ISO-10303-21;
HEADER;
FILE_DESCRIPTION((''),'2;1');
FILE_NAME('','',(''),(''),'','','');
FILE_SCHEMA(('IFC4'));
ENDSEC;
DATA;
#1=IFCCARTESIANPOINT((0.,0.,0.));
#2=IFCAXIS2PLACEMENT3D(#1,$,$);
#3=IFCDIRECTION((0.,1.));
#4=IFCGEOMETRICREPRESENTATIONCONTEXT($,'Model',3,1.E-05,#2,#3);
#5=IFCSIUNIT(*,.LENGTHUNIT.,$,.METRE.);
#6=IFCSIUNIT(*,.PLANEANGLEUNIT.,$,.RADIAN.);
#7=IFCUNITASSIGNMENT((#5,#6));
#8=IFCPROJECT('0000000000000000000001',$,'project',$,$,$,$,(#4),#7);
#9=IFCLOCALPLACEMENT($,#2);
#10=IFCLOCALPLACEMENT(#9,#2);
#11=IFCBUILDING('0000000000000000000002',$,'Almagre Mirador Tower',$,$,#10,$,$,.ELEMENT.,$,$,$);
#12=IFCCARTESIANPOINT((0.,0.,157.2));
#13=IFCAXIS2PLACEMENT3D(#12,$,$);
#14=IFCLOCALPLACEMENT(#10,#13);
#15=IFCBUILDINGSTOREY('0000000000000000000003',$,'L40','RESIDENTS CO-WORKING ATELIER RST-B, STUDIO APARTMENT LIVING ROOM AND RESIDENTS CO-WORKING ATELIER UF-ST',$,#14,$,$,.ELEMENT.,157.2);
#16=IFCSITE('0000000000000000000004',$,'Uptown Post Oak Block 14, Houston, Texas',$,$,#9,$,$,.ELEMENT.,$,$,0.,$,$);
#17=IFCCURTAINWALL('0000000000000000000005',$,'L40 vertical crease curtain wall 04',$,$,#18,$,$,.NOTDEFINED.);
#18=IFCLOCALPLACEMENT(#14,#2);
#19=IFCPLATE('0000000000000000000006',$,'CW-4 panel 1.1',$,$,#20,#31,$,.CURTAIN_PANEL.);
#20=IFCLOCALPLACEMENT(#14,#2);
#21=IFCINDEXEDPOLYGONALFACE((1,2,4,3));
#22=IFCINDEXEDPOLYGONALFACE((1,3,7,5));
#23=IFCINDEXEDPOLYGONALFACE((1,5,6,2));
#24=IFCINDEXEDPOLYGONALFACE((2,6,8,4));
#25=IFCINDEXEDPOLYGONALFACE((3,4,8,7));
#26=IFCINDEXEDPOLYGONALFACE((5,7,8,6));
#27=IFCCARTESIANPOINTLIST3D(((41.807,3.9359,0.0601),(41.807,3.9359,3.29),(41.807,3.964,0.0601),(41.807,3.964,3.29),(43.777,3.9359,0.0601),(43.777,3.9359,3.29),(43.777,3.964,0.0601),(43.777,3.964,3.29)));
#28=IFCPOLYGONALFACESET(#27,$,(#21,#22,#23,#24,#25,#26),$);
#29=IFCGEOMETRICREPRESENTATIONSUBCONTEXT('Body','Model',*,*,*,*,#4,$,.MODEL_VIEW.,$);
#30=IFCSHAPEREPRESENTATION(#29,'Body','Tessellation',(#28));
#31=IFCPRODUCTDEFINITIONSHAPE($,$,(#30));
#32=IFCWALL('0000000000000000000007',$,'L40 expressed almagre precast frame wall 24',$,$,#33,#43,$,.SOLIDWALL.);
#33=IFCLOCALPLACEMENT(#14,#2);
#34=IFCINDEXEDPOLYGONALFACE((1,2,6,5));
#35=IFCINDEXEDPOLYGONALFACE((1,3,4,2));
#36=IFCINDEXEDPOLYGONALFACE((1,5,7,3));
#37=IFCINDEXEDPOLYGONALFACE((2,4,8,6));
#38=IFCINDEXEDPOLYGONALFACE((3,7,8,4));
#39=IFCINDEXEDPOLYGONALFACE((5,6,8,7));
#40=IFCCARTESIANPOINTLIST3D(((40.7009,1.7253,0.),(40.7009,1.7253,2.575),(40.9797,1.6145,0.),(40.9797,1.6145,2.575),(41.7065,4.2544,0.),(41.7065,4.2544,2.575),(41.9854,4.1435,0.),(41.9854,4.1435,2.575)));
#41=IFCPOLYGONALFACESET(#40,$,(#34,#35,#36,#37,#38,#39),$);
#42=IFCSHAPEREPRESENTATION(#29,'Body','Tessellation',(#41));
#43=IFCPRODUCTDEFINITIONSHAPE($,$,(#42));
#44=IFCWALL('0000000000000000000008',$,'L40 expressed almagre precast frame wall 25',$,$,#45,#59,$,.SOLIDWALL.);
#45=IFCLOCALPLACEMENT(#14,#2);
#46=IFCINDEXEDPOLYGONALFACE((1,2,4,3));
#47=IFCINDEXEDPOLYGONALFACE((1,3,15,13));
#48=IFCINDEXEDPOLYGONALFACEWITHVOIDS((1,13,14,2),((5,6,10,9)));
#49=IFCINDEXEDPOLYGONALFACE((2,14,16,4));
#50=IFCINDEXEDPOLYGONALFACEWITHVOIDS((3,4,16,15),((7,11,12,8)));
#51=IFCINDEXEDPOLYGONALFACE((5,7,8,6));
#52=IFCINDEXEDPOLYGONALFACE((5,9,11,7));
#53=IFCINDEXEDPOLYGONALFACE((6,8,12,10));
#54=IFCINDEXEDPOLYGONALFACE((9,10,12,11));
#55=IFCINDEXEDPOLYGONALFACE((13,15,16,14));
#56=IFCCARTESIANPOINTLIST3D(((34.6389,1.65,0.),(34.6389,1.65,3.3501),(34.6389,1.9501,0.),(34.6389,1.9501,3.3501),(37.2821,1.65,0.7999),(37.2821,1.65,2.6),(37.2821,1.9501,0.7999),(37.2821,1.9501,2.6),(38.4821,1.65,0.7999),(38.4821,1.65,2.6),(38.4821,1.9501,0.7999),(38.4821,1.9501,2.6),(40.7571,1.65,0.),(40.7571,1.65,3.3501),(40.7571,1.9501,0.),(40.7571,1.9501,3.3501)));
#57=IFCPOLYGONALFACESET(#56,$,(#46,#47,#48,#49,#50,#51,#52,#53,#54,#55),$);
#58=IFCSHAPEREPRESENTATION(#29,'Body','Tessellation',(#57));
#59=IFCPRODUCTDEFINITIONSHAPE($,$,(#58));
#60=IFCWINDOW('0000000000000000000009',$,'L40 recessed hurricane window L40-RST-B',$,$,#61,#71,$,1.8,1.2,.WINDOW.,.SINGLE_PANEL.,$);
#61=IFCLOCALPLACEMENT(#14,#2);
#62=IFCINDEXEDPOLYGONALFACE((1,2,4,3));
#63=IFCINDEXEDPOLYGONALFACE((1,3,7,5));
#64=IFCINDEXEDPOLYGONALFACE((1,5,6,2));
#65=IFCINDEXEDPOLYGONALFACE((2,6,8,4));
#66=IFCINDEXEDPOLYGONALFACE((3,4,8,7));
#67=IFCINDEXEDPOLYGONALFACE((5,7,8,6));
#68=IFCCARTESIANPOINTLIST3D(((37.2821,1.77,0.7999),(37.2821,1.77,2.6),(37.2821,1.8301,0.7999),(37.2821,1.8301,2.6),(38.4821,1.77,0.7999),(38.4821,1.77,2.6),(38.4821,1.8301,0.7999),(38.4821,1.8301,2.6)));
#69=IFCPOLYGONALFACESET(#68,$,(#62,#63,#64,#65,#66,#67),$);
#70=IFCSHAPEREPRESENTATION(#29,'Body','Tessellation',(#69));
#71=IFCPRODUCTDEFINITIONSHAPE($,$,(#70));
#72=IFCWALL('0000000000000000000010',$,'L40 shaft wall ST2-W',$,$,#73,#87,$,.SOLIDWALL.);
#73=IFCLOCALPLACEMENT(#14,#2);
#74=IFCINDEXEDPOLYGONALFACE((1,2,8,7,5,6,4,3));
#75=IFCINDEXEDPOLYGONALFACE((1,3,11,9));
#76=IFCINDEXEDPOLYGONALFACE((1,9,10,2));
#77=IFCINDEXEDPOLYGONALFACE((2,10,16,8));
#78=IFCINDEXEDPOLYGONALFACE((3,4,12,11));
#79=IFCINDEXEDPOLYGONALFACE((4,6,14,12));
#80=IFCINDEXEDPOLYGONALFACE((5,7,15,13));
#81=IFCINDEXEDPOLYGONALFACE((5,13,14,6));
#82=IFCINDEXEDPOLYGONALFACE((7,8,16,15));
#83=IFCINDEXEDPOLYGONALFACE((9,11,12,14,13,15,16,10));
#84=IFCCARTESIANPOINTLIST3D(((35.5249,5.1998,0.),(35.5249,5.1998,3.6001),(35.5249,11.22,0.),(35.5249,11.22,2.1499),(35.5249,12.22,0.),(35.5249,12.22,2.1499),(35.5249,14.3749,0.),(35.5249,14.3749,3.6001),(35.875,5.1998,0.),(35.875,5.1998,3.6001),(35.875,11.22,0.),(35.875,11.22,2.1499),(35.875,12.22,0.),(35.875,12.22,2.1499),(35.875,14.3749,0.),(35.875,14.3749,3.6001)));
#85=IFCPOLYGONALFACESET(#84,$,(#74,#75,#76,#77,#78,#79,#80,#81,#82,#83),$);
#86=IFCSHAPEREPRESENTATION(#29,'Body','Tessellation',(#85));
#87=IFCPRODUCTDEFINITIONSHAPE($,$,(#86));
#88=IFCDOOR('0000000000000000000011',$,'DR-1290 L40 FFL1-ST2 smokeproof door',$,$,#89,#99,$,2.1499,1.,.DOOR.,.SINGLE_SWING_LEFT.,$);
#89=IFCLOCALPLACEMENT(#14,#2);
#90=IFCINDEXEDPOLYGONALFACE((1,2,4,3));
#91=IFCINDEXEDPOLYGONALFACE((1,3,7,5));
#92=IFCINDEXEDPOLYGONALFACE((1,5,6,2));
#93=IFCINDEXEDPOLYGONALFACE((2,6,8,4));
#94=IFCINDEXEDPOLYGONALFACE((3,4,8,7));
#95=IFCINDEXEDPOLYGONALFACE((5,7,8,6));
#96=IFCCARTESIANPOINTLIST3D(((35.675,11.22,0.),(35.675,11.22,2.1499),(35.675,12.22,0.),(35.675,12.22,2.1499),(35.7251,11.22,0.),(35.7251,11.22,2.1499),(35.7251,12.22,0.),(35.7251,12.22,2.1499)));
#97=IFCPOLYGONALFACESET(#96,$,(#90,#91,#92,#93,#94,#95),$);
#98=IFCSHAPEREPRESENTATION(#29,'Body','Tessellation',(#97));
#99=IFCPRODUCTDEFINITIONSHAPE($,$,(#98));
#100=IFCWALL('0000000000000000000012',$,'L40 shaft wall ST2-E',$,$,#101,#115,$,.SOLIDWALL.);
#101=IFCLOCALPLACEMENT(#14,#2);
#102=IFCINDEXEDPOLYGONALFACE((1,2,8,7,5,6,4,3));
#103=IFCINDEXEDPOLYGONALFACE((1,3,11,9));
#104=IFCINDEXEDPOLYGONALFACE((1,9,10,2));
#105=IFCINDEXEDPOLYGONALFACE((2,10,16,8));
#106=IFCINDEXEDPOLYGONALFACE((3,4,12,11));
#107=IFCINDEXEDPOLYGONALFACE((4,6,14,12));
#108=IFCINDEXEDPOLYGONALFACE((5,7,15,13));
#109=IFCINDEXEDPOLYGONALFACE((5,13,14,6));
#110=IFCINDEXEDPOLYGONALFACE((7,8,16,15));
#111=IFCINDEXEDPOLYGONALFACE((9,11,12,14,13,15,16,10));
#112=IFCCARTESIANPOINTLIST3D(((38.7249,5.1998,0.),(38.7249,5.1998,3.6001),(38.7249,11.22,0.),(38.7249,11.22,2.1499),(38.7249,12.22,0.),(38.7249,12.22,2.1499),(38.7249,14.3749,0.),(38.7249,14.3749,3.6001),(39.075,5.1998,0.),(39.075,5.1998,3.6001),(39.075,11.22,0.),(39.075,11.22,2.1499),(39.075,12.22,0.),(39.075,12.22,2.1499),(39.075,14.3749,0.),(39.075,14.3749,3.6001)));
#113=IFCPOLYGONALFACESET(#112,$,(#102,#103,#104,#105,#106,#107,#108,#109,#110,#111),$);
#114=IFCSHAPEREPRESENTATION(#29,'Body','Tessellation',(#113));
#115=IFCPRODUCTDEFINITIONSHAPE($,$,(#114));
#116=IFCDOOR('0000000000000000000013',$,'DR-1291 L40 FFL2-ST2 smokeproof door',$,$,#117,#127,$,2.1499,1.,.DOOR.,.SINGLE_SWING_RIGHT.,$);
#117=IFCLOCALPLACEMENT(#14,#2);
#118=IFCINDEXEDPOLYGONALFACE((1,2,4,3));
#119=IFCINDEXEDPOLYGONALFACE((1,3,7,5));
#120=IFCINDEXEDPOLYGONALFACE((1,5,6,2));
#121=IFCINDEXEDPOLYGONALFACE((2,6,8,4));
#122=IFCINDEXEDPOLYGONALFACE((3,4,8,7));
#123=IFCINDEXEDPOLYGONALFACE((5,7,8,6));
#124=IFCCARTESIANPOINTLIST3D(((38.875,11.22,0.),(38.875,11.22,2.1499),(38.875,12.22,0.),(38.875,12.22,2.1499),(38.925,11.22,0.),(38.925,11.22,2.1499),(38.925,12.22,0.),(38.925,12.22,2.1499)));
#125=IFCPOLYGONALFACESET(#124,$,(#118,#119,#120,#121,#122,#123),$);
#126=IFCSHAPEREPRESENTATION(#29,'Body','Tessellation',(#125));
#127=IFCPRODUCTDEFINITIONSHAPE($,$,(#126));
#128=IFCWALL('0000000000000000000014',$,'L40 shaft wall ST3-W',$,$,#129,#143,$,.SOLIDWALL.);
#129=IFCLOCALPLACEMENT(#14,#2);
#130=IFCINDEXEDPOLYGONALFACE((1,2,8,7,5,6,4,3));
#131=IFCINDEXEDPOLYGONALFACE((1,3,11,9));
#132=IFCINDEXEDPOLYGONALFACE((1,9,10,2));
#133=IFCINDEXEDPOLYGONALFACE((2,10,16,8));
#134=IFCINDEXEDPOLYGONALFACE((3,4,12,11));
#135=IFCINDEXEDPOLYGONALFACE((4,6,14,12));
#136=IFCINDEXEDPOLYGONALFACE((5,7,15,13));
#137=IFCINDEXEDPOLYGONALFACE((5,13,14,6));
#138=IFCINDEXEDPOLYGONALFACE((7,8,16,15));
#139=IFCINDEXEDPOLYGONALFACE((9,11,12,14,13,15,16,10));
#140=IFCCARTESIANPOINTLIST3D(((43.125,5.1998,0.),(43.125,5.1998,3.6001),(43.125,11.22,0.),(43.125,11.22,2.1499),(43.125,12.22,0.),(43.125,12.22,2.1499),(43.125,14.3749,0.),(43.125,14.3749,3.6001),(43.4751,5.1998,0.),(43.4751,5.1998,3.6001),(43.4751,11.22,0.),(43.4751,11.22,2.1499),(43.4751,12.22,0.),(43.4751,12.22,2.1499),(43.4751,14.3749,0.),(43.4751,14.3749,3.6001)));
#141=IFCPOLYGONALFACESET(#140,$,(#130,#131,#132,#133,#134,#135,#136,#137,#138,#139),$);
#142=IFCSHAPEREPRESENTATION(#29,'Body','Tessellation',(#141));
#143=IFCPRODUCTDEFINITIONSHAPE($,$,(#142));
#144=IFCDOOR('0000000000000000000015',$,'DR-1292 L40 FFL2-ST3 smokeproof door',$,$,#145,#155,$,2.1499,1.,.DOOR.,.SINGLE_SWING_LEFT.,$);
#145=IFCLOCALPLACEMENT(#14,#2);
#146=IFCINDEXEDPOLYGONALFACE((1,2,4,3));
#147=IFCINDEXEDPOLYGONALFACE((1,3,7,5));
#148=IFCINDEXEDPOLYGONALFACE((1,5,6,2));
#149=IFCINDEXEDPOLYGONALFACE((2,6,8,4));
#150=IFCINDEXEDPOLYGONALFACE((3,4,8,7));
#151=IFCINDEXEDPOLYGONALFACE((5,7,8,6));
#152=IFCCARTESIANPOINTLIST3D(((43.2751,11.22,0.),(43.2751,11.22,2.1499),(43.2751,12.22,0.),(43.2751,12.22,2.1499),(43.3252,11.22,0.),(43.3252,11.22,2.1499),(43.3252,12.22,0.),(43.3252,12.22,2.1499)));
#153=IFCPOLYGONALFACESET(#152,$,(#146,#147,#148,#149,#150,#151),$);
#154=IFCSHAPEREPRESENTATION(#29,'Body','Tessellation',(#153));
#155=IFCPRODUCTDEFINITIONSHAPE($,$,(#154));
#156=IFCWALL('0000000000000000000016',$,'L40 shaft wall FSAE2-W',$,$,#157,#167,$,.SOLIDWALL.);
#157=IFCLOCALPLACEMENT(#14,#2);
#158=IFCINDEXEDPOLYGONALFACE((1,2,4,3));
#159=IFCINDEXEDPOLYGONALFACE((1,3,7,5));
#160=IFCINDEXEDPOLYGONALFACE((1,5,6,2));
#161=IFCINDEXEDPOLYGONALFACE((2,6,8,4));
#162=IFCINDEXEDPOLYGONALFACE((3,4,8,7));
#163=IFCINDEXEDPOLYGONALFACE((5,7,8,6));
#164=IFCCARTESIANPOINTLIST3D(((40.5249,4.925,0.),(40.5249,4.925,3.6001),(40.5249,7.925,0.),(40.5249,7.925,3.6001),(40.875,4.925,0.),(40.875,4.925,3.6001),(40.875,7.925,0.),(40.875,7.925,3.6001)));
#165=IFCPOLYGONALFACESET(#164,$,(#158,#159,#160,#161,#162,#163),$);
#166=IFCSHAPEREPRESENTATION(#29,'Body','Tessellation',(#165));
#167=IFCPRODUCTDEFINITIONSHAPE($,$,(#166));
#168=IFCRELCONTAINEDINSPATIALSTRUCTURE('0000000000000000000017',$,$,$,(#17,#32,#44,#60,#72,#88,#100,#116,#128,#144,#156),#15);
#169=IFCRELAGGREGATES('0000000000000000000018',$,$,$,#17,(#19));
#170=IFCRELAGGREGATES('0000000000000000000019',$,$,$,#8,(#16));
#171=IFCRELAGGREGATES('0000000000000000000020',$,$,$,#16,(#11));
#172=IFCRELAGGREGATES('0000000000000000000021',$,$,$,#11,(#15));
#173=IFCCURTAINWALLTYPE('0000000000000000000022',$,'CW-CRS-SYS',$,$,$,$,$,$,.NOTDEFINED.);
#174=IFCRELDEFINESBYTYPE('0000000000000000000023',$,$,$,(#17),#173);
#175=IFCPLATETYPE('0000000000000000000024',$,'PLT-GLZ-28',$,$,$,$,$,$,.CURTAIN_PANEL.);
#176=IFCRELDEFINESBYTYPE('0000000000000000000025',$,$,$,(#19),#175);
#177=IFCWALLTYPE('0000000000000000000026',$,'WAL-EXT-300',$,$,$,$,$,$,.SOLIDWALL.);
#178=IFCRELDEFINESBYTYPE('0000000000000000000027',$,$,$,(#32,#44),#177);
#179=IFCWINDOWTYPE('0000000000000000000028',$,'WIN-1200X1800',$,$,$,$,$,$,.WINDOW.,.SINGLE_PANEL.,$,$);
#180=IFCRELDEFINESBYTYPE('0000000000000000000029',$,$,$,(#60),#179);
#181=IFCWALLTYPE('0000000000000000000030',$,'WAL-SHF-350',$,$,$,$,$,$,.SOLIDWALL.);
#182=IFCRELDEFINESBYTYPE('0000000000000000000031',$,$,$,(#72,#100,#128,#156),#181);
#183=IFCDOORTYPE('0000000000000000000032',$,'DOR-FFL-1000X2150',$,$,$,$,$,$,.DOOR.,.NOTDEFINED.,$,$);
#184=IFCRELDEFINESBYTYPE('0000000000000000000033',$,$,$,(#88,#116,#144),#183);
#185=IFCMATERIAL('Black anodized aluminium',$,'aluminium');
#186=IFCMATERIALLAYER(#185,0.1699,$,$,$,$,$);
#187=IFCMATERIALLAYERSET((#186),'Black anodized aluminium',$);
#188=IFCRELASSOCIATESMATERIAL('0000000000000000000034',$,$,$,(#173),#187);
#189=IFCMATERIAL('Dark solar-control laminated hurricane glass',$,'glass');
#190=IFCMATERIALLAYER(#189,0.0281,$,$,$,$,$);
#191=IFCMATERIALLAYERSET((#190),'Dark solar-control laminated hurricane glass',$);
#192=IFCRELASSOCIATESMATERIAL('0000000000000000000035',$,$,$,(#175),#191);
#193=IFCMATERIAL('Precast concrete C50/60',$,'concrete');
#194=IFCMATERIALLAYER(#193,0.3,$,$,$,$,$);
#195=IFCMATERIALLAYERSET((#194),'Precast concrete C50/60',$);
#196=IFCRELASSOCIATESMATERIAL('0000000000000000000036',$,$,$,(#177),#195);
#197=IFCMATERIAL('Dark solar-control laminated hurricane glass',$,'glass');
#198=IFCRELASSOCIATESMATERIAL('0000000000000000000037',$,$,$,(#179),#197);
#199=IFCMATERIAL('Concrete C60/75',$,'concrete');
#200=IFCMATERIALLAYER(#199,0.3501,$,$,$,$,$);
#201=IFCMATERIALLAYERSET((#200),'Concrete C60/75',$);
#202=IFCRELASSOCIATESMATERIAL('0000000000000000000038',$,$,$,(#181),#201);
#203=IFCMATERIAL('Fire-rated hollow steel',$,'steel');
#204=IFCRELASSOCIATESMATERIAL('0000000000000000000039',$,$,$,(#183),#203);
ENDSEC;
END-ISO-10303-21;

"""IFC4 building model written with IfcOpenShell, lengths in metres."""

from ifc_helpers import new_model, si_unit, direction, frame, frame_2d, origin, origin_2d, place, context, subcontext, project, spatial, rectangle, extrude, material, layer, layer_set, type_object, element, fill, aggregate, save


model = new_model("IFC4")

# Units and contexts
model_context = context("Model", 3, precision=1e-05, world=origin(), true_north=direction((0.0, 1.0)))
body_context = subcontext(model_context, "Body", "Model", "MODEL_VIEW")
ifc_project = project(units=[si_unit("LENGTHUNIT", "METRE"), si_unit("PLANEANGLEUNIT", "RADIAN")], contexts=[model_context])

# Site, building, storey
site_placement = place(None, origin())
site = spatial("IfcSite", under=ifc_project, at=site_placement, Name="Uptown Post Oak Block 14, Houston, Texas", CompositionType="ELEMENT", RefElevation=0.0)
building_placement = place(site_placement, origin())
building = spatial("IfcBuilding", under=site, at=building_placement, Name="Almagre Mirador Tower", CompositionType="ELEMENT")
storey_placement = place(building_placement, frame((0.0, 0.0, 157.2)))
storey = spatial("IfcBuildingStorey", under=building, at=storey_placement, Name="L40", Description="RESIDENTS CO-WORKING ATELIER RST-B, STUDIO APARTMENT LIVING ROOM AND RESIDENTS CO-WORKING ATELIER UF-ST", CompositionType="ELEMENT", Elevation=157.2)

# Curtain wall, plate
ifc_material_1 = material(Name="Black anodized aluminium", Category="aluminium")
ifc_layer_1 = layer(ifc_material_1, 0.1699)
ifc_layer_set_1 = layer_set([ifc_layer_1], Name="Black anodized aluminium")
curtain_wall_type = type_object("IfcCurtainWallType", Name="CW-CRS-SYS", PredefinedType="NOTDEFINED", material=ifc_layer_set_1)
curtain_wall_placement = place(storey_placement, origin())
curtain_wall = element("IfcCurtainWall", 1, at=curtain_wall_placement, inside=storey, type_object=curtain_wall_type, Name="L40 vertical crease curtain wall 04", PredefinedType="NOTDEFINED")
ifc_material_2 = material(Name="Dark solar-control laminated hurricane glass", Category="glass")
ifc_layer_2 = layer(ifc_material_2, 0.0281)
ifc_layer_set_2 = layer_set([ifc_layer_2], Name="Dark solar-control laminated hurricane glass")
plate_type = type_object("IfcPlateType", Name="PLT-GLZ-28", PredefinedType="CURTAIN_PANEL", material=ifc_layer_set_2)
plate_placement = place(storey_placement, frame((42.792, 3.95, 0.0601), z_axis=(0.0, 0.0, 1.0), x_axis=(-1.0, 0.0, 0.0)))
plate = element("IfcPlate", 2, at=plate_placement, type_object=plate_type, Name="CW-4 panel 1.1", PredefinedType="CURTAIN_PANEL", context=body_context, shape_type="SweptSolid", body=[
    extrude(rectangle(XDim=1.97, YDim=0.0281, at=origin_2d()), origin(), (0.0, 0.0, 1.0), 3.23),
])
aggregate(curtain_wall, [plate])

# Wall
ifc_material_3 = material(Name="Precast concrete C50/60", Category="concrete")
ifc_layer_3 = layer(ifc_material_3, 0.3)
ifc_layer_set_3 = layer_set([ifc_layer_3], Name="Precast concrete C50/60")
wall_type_1 = type_object("IfcWallType", Name="WAL-EXT-300", PredefinedType="SOLIDWALL", material=ifc_layer_set_3)
wall_1_placement = place(storey_placement, frame((41.8459, 4.199, 0.0), z_axis=(0.0, 0.0, 1.0), x_axis=(-0.369488, -0.929236, 0.0)))
element("IfcWall", 3, at=wall_1_placement, inside=storey, type_object=wall_type_1, Name="L40 expressed almagre precast frame wall 24", PredefinedType="SOLIDWALL", context=body_context, shape_type="SweptSolid", body=[
    extrude(rectangle(XDim=2.7217, YDim=0.3, at=frame_2d((1.3608, 0.0))), origin(), (0.0, 0.0, 1.0), 2.575),
])

# Wall, opening, window
wall_2_placement = place(storey_placement, frame((40.7571, 1.8, 0.0), z_axis=(0.0, 0.0, 1.0), x_axis=(-1.0, 0.0, 0.0)))
wall_2 = element("IfcWall", 4, at=wall_2_placement, inside=storey, type_object=wall_type_1, Name="L40 expressed almagre precast frame wall 25", PredefinedType="SOLIDWALL", context=body_context, shape_type="SweptSolid", body=[
    extrude(rectangle(XDim=6.1182, YDim=0.3, at=frame_2d((3.0591, 0.0))), origin(), (0.0, 0.0, 1.0), 3.3501),
])
opening_1_placement = place(wall_2_placement, frame((2.2749, 0.0, 0.8)))
opening_1 = element("IfcOpeningElement", 5, at=opening_1_placement, cuts=wall_2, PredefinedType="OPENING", context=body_context, shape_type="SweptSolid", body=[
    extrude(rectangle(XDim=1.2, YDim=1.8, at=frame_2d((0.6001, 0.8999))), frame((0.0, 0.1599, 0.0), z_axis=(0.0, -1.0, 0.0), x_axis=(1.0, 0.0, 0.0)), (0.0, 0.0, 1.0), 0.32),
])
ifc_material_4 = material(Name="Dark solar-control laminated hurricane glass", Category="glass")
window_type = type_object("IfcWindowType", Name="WIN-1200X1800", PartitioningType="SINGLE_PANEL", PredefinedType="WINDOW", material=ifc_material_4)
window_placement = place(opening_1_placement, origin())
window = element("IfcWindow", 6, at=window_placement, inside=storey, type_object=window_type, Name="L40 recessed hurricane window L40-RST-B", OverallHeight=1.8, OverallWidth=1.2, PartitioningType="SINGLE_PANEL", PredefinedType="WINDOW", context=body_context, shape_type="SweptSolid", body=[
    extrude(rectangle(XDim=1.2, YDim=1.8, at=frame_2d((0.6001, 0.8999))), frame((0.0, 0.03, 0.0), z_axis=(0.0, -1.0, 0.0), x_axis=(1.0, 0.0, 0.0)), (0.0, 0.0, 1.0), 0.0601),
])
fill(opening_1, window)

# Walls, openings, doors
ifc_material_5 = material(Name="Concrete C60/75", Category="concrete")
ifc_layer_4 = layer(ifc_material_5, 0.3501)
ifc_layer_set_4 = layer_set([ifc_layer_4], Name="Concrete C60/75")
wall_type_2 = type_object("IfcWallType", Name="WAL-SHF-350", PredefinedType="SOLIDWALL", material=ifc_layer_set_4)
wall_3_placement = place(storey_placement, frame((35.7, 5.2, 0.0), z_axis=(0.0, 0.0, 1.0), x_axis=(0.0, 1.0, 0.0)))
wall_3 = element("IfcWall", 7, at=wall_3_placement, inside=storey, type_object=wall_type_2, Name="L40 shaft wall ST2-W", PredefinedType="SOLIDWALL", context=body_context, shape_type="SweptSolid", body=[
    extrude(rectangle(XDim=9.175, YDim=0.3501, at=frame_2d((4.5874, 0.0))), origin(), (0.0, 0.0, 1.0), 3.6001),
])
opening_2_placement = place(wall_3_placement, frame((6.02, 0.0, 0.0)))
opening_2 = element("IfcOpeningElement", 8, at=opening_2_placement, cuts=wall_3, PredefinedType="OPENING", context=body_context, shape_type="SweptSolid", body=[
    extrude(rectangle(XDim=1.0, YDim=2.1499, at=frame_2d((0.5, 1.075))), frame((0.0, 0.185, 0.0), z_axis=(0.0, -1.0, 0.0), x_axis=(1.0, 0.0, 0.0)), (0.0, 0.0, 1.0), 0.3701),
])
ifc_material_6 = material(Name="Fire-rated hollow steel", Category="steel")
door_type = type_object("IfcDoorType", Name="DOR-FFL-1000X2150", OperationType="NOTDEFINED", PredefinedType="DOOR", material=ifc_material_6)
door_1_placement = place(opening_2_placement, origin())
door_1 = element("IfcDoor", 9, at=door_1_placement, inside=storey, type_object=door_type, Name="DR-1290 L40 FFL1-ST2 smokeproof door", OperationType="SINGLE_SWING_LEFT", OverallHeight=2.1499, OverallWidth=1.0, PredefinedType="DOOR", context=body_context, shape_type="SweptSolid", body=[
    extrude(rectangle(XDim=1.0, YDim=2.1499, at=frame_2d((0.5, 1.075))), frame((0.0, 0.0249, 0.0), z_axis=(0.0, -1.0, 0.0), x_axis=(1.0, 0.0, 0.0)), (0.0, 0.0, 1.0), 0.05),
])
fill(opening_2, door_1)
wall_4_placement = place(storey_placement, frame((38.8999, 5.2, 0.0), z_axis=(0.0, 0.0, 1.0), x_axis=(0.0, 1.0, 0.0)))
wall_4 = element("IfcWall", 10, at=wall_4_placement, inside=storey, type_object=wall_type_2, Name="L40 shaft wall ST2-E", PredefinedType="SOLIDWALL", context=body_context, shape_type="SweptSolid", body=[
    extrude(rectangle(XDim=9.175, YDim=0.3501, at=frame_2d((4.5874, 0.0))), origin(), (0.0, 0.0, 1.0), 3.6001),
])
opening_3_placement = place(wall_4_placement, frame((6.02, 0.0, 0.0)))
opening_3 = element("IfcOpeningElement", 11, at=opening_3_placement, cuts=wall_4, PredefinedType="OPENING", context=body_context, shape_type="SweptSolid", body=[
    extrude(rectangle(XDim=1.0, YDim=2.1499, at=frame_2d((0.5, 1.075))), frame((0.0, 0.185, 0.0), z_axis=(0.0, -1.0, 0.0), x_axis=(1.0, 0.0, 0.0)), (0.0, 0.0, 1.0), 0.3701),
])
door_2_placement = place(opening_3_placement, origin())
door_2 = element("IfcDoor", 12, at=door_2_placement, inside=storey, type_object=door_type, Name="DR-1291 L40 FFL2-ST2 smokeproof door", OperationType="SINGLE_SWING_RIGHT", OverallHeight=2.1499, OverallWidth=1.0, PredefinedType="DOOR", context=body_context, shape_type="SweptSolid", body=[
    extrude(rectangle(XDim=1.0, YDim=2.1499, at=frame_2d((0.5, 1.075))), frame((0.0, 0.0249, 0.0), z_axis=(0.0, -1.0, 0.0), x_axis=(1.0, 0.0, 0.0)), (0.0, 0.0, 1.0), 0.05),
])
fill(opening_3, door_2)
wall_5_placement = place(storey_placement, frame((43.3, 5.2, 0.0), z_axis=(0.0, 0.0, 1.0), x_axis=(0.0, 1.0, 0.0)))
wall_5 = element("IfcWall", 13, at=wall_5_placement, inside=storey, type_object=wall_type_2, Name="L40 shaft wall ST3-W", PredefinedType="SOLIDWALL", context=body_context, shape_type="SweptSolid", body=[
    extrude(rectangle(XDim=9.175, YDim=0.3501, at=frame_2d((4.5874, 0.0))), origin(), (0.0, 0.0, 1.0), 3.6001),
])
opening_4_placement = place(wall_5_placement, frame((6.02, 0.0, 0.0)))
opening_4 = element("IfcOpeningElement", 14, at=opening_4_placement, cuts=wall_5, PredefinedType="OPENING", context=body_context, shape_type="SweptSolid", body=[
    extrude(rectangle(XDim=1.0, YDim=2.1499, at=frame_2d((0.5, 1.075))), frame((0.0, 0.185, 0.0), z_axis=(0.0, -1.0, 0.0), x_axis=(1.0, 0.0, 0.0)), (0.0, 0.0, 1.0), 0.3701),
])
door_3_placement = place(opening_4_placement, origin())
door_3 = element("IfcDoor", 15, at=door_3_placement, inside=storey, type_object=door_type, Name="DR-1292 L40 FFL2-ST3 smokeproof door", OperationType="SINGLE_SWING_LEFT", OverallHeight=2.1499, OverallWidth=1.0, PredefinedType="DOOR", context=body_context, shape_type="SweptSolid", body=[
    extrude(rectangle(XDim=1.0, YDim=2.1499, at=frame_2d((0.5, 1.075))), frame((0.0, 0.0249, 0.0), z_axis=(0.0, -1.0, 0.0), x_axis=(1.0, 0.0, 0.0)), (0.0, 0.0, 1.0), 0.05),
])
fill(opening_4, door_3)

# Wall
wall_6_placement = place(storey_placement, frame((40.7, 4.925, 0.0), z_axis=(0.0, 0.0, 1.0), x_axis=(0.0, 1.0, 0.0)))
element("IfcWall", 16, at=wall_6_placement, inside=storey, type_object=wall_type_2, Name="L40 shaft wall FSAE2-W", PredefinedType="SOLIDWALL", context=body_context, shape_type="SweptSolid", body=[
    extrude(rectangle(XDim=3.0, YDim=0.3501, at=frame_2d((1.5, 0.0))), origin(), (0.0, 0.0, 1.0), 3.6001),
])

save(model, "model.ifc")
